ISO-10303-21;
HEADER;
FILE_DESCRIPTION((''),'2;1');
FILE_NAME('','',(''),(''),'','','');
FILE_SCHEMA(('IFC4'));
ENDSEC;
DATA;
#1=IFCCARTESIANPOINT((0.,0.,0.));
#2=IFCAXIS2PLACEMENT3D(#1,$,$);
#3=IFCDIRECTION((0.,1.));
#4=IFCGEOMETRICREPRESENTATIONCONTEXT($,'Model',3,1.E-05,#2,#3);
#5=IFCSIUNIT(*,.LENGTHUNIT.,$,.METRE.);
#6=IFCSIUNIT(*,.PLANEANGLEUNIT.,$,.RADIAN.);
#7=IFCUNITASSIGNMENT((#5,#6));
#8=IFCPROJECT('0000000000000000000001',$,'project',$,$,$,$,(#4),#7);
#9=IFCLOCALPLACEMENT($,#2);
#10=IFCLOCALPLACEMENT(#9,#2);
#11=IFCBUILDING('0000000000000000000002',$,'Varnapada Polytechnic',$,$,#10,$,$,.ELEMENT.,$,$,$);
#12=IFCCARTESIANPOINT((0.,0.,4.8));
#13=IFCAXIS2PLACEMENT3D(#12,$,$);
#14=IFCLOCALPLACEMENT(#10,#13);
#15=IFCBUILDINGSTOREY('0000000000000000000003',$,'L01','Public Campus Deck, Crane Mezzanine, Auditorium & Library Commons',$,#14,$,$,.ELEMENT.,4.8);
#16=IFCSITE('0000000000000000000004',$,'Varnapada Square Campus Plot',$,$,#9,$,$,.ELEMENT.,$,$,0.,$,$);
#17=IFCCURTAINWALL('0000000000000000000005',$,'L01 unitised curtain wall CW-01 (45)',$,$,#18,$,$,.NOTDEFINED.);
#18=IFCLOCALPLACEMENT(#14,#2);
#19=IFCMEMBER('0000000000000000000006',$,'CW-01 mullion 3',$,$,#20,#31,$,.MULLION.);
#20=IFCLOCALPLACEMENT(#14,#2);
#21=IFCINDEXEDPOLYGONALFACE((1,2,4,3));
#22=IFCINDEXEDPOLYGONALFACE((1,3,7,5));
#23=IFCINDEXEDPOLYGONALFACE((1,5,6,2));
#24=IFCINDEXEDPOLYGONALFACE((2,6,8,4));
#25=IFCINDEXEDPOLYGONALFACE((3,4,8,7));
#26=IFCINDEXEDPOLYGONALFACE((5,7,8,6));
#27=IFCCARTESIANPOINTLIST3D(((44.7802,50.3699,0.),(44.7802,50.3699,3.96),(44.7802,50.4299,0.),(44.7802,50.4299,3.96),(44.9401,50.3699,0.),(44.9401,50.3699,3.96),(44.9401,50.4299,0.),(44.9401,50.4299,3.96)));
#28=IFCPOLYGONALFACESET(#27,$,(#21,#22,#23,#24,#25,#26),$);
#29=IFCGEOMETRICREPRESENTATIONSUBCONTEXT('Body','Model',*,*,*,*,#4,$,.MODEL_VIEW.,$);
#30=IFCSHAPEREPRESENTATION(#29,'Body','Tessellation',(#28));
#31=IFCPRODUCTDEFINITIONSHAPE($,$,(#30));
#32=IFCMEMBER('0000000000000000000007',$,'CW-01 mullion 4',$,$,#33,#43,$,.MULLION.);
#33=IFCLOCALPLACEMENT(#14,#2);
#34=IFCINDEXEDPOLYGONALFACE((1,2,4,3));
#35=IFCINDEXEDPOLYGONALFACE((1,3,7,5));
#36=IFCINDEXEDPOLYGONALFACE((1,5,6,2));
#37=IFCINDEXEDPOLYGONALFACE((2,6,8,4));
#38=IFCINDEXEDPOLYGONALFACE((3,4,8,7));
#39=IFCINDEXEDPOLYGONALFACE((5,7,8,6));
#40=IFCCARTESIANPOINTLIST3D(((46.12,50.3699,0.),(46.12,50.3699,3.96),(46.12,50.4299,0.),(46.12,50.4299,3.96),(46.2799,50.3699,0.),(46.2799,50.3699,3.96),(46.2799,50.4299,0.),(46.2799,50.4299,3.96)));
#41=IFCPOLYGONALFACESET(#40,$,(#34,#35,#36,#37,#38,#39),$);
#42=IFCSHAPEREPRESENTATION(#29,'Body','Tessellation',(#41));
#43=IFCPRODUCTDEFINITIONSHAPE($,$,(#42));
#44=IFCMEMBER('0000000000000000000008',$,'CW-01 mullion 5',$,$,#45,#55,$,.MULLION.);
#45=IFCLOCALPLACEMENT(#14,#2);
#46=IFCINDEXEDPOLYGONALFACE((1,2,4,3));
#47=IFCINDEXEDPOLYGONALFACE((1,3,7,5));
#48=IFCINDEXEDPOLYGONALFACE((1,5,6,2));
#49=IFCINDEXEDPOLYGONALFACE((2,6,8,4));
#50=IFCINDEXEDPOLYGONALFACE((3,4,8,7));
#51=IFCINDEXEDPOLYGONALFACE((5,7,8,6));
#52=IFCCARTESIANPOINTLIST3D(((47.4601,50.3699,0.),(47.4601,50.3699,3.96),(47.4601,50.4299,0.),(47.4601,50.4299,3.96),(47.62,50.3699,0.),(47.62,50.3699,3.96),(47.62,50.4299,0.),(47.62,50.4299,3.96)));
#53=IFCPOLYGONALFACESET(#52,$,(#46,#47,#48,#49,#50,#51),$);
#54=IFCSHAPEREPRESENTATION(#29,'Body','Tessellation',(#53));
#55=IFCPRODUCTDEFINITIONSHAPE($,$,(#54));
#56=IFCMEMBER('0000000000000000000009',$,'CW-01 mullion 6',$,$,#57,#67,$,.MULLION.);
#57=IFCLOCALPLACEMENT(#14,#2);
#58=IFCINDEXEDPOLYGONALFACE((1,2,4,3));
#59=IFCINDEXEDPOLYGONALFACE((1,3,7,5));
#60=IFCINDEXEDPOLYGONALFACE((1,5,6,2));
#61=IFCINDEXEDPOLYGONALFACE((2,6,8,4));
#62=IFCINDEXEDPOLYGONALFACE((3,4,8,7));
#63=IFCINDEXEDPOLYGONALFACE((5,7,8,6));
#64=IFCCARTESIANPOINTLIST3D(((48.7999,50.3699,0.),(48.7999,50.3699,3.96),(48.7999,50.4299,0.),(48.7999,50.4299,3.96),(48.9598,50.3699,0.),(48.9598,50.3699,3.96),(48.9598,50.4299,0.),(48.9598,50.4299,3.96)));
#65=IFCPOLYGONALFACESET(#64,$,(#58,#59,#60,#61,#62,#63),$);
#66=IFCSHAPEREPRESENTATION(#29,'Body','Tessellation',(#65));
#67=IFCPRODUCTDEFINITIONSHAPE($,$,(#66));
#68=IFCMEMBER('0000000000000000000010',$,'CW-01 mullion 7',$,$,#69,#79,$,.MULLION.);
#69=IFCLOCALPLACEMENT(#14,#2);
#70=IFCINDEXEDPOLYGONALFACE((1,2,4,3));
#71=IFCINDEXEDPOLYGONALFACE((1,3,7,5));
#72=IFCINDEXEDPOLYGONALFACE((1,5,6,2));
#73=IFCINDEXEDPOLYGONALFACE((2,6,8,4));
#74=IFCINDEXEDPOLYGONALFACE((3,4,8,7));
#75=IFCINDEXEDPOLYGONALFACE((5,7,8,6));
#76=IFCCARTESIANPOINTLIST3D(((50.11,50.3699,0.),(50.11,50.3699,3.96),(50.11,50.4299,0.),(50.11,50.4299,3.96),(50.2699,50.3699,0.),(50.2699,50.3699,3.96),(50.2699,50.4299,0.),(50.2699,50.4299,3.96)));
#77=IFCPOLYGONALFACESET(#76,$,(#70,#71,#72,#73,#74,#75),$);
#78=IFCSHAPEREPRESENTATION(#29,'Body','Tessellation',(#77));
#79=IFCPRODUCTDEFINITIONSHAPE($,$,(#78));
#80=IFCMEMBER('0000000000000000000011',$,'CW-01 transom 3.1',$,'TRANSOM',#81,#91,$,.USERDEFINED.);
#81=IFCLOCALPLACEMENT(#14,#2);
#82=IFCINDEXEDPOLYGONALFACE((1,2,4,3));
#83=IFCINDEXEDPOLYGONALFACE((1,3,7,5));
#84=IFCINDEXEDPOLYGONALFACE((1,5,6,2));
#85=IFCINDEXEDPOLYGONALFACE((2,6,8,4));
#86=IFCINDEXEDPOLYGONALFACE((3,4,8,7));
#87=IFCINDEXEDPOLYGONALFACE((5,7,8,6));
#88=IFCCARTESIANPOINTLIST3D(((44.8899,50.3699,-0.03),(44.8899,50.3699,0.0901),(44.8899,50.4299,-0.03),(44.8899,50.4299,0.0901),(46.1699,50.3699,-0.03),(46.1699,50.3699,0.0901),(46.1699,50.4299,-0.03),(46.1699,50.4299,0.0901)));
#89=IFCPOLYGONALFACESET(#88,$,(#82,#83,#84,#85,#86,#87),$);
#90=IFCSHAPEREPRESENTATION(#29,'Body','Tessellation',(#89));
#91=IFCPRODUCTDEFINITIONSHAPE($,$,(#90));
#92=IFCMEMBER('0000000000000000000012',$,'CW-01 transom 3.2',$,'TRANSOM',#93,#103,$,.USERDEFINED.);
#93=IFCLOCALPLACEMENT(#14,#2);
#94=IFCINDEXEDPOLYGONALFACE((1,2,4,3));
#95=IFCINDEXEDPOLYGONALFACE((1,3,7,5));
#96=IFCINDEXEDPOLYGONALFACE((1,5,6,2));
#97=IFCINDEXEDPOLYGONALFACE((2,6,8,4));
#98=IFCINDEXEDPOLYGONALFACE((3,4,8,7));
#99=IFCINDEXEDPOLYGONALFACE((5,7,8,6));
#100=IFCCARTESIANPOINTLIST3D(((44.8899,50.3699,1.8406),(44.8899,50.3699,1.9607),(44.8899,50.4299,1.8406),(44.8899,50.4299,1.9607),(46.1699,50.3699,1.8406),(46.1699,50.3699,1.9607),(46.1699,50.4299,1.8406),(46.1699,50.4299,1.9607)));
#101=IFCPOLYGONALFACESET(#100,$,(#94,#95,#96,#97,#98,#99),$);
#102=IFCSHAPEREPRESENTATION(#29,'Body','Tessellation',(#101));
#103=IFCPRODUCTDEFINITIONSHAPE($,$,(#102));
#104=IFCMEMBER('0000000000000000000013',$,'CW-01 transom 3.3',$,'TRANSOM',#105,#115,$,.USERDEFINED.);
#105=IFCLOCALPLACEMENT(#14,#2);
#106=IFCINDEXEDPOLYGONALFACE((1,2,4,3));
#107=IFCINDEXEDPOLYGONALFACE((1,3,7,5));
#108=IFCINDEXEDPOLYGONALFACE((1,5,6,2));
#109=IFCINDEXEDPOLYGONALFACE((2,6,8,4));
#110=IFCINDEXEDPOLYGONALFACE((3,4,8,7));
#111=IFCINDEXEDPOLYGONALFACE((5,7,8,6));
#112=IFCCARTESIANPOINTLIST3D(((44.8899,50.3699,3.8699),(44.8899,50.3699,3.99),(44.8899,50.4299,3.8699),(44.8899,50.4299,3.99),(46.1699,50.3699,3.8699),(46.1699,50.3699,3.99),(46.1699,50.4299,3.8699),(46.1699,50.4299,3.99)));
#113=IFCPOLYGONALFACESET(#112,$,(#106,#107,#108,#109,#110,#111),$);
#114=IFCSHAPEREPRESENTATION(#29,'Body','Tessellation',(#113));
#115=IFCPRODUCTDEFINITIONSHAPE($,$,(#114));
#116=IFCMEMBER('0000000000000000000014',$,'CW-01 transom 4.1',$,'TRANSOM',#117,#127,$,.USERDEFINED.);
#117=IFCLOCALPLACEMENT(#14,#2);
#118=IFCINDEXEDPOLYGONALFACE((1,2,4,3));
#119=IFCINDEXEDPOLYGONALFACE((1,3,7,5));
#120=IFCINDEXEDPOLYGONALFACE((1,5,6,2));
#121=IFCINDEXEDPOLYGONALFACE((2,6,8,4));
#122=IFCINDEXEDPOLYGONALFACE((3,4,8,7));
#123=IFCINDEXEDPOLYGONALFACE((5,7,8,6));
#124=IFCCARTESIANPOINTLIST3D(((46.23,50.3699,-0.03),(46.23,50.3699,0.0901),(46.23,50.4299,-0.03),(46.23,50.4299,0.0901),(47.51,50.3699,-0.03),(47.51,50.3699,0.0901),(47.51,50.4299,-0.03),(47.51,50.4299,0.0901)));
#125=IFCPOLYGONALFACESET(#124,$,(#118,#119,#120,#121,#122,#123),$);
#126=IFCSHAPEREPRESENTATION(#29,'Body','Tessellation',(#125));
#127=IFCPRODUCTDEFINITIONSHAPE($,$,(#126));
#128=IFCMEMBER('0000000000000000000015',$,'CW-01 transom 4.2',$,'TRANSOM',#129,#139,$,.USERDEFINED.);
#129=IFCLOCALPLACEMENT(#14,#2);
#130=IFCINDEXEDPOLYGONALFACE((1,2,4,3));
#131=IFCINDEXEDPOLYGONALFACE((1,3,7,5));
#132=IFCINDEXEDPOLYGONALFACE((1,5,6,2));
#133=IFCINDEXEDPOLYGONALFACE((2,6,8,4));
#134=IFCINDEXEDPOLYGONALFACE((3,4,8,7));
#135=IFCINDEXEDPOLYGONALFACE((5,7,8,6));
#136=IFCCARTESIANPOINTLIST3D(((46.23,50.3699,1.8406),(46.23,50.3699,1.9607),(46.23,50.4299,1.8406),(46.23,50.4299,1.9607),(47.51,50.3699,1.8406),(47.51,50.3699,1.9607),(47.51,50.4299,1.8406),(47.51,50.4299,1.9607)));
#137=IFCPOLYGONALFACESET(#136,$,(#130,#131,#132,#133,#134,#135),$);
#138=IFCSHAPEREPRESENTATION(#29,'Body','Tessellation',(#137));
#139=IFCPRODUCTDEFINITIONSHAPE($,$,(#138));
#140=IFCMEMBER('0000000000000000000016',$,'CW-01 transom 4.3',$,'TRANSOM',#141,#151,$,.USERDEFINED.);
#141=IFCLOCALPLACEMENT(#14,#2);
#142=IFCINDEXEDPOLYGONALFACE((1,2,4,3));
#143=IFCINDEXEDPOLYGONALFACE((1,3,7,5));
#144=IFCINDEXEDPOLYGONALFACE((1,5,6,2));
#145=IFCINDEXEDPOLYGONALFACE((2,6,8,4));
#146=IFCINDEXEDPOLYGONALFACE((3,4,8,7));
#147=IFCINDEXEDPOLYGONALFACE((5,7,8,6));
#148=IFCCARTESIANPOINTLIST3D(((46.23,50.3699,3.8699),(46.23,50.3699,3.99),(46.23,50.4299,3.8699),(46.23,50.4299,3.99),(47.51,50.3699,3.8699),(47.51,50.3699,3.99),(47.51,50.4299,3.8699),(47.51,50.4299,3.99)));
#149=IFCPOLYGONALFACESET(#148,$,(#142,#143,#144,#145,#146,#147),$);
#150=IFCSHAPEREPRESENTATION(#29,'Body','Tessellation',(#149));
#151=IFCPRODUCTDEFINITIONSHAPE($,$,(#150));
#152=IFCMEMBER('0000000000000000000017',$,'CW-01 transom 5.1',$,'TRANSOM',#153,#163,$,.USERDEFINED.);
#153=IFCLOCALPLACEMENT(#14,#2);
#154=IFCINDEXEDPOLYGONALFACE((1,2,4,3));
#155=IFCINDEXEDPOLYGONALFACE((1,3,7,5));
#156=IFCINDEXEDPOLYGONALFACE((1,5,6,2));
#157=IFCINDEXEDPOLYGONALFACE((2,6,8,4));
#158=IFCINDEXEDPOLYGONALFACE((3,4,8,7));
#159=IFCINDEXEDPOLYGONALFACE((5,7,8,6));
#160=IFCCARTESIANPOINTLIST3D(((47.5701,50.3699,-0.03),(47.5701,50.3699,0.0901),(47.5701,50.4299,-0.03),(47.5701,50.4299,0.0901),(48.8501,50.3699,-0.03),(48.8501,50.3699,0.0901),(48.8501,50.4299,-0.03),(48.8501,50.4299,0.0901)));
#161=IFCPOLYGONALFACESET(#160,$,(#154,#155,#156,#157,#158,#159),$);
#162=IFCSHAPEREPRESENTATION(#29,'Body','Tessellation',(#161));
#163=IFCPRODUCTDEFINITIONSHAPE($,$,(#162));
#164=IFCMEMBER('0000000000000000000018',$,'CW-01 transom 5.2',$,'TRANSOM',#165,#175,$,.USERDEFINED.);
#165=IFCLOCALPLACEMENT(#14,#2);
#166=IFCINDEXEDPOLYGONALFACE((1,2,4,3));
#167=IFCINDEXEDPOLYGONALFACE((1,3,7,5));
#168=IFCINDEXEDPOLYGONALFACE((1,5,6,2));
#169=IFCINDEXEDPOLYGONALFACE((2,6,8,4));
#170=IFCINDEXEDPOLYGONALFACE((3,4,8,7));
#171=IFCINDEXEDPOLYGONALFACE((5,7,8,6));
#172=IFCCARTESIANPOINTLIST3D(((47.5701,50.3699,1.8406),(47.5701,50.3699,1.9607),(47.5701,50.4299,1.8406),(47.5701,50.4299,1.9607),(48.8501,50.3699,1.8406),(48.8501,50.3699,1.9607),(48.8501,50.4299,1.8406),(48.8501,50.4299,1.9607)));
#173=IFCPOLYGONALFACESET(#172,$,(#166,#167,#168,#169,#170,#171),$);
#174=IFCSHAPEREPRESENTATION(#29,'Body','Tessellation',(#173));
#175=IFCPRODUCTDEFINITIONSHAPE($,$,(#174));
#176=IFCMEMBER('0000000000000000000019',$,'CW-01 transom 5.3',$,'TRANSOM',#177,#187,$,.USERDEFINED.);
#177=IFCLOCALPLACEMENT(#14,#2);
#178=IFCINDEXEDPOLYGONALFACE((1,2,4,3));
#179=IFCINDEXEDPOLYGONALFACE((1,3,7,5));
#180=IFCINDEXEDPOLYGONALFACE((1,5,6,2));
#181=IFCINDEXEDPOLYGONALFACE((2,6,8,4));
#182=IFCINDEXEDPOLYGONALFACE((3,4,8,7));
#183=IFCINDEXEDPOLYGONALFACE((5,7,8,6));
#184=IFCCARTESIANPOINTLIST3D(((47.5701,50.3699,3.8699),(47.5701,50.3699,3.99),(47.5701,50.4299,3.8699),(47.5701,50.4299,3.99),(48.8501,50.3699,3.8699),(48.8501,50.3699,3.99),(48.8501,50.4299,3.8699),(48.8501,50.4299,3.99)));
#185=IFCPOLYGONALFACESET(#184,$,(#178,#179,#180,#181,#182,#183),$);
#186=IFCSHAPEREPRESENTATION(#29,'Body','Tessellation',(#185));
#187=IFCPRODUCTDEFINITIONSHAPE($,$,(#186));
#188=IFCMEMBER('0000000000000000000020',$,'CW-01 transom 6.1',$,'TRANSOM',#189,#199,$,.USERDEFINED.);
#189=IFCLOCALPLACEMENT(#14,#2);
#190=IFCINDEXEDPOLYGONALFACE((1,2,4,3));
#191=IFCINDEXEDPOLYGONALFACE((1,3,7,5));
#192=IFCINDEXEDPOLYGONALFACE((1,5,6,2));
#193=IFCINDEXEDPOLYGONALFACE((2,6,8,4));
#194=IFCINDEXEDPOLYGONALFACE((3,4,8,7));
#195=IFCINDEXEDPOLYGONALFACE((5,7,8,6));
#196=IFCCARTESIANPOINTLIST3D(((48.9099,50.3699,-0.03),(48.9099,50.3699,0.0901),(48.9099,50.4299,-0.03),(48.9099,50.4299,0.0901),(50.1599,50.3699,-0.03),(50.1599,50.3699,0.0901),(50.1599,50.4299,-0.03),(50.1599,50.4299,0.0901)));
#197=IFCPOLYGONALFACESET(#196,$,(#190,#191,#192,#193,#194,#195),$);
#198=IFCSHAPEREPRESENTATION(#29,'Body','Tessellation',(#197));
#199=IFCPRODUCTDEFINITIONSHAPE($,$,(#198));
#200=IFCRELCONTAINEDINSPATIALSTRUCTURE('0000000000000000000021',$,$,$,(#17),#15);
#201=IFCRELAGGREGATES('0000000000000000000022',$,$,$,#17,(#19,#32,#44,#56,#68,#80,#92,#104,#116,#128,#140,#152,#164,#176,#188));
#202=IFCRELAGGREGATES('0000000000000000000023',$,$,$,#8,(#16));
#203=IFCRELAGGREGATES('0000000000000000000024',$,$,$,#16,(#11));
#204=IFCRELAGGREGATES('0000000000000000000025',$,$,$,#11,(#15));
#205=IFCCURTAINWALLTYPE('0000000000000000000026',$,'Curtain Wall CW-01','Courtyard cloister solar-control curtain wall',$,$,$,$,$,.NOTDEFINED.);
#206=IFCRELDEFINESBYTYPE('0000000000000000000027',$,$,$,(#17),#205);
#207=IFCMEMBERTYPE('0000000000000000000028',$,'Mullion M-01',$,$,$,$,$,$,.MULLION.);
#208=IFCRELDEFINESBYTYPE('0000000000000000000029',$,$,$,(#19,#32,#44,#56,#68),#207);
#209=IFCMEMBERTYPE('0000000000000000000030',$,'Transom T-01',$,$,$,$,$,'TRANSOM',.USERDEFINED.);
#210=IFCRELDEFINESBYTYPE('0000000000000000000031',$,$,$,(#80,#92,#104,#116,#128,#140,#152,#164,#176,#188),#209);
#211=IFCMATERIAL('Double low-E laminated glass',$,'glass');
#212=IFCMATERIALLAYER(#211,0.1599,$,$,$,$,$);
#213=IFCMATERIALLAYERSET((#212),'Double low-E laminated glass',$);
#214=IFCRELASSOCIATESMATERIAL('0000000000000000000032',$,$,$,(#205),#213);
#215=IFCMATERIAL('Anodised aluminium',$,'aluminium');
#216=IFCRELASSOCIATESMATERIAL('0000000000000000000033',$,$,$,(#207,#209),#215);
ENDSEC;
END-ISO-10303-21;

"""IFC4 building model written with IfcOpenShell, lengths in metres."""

from ifc_helpers import new_model, si_unit, direction, frame, origin, origin_2d, place, context, subcontext, project, spatial, rectangle, extrude, material, layer, layer_set, material_profile, profile_set, type_object, element, aggregate, save


model = new_model("IFC4")

# Units and contexts
model_context = context("Model", 3, precision=1e-05, world=origin(), true_north=direction((0.0, 1.0)))
body_context = subcontext(model_context, "Body", "Model", "MODEL_VIEW")
ifc_project = project(units=[si_unit("LENGTHUNIT", "METRE"), si_unit("PLANEANGLEUNIT", "RADIAN")], contexts=[model_context])

# Site, building, storey
site_placement = place(None, origin())
site = spatial("IfcSite", under=ifc_project, at=site_placement, Name="Varnapada Square Campus Plot", CompositionType="ELEMENT", RefElevation=0.0)
building_placement = place(site_placement, origin())
building = spatial("IfcBuilding", under=site, at=building_placement, Name="Varnapada Polytechnic", CompositionType="ELEMENT")
storey_placement = place(building_placement, frame((0.0, 0.0, 4.8)))
storey = spatial("IfcBuildingStorey", under=building, at=storey_placement, Name="L01", Description="Public Campus Deck, Crane Mezzanine, Auditorium & Library Commons", CompositionType="ELEMENT", Elevation=4.8)

# Curtain wall, members
ifc_material_1 = material(Name="Double low-E laminated glass", Category="glass")
ifc_layer_1 = layer(ifc_material_1, 0.1599)
ifc_layer_set_1 = layer_set([ifc_layer_1], Name="Double low-E laminated glass")
curtain_wall_type = type_object("IfcCurtainWallType", Name="Curtain Wall CW-01", Description="Courtyard cloister solar-control curtain wall", PredefinedType="NOTDEFINED", material=ifc_layer_set_1)
curtain_wall_placement = place(storey_placement, origin())
curtain_wall = element("IfcCurtainWall", 1, at=curtain_wall_placement, inside=storey, type_object=curtain_wall_type, Name="L01 unitised curtain wall CW-01 (45)", PredefinedType="NOTDEFINED")
ifc_material_2 = material(Name="Anodised aluminium", Category="aluminium")
ifc_material_profile_1 = material_profile(ifc_material_2, rectangle(XDim=0.0601, YDim=0.1599, at=origin_2d()), Name="ALU M60x160")
ifc_profile_set_1 = profile_set([ifc_material_profile_1], Name="Anodised aluminium")
member_type_1 = type_object("IfcMemberType", Name="Mullion M-01", PredefinedType="MULLION", material=ifc_profile_set_1)
member_1_placement = place(storey_placement, frame((44.8601, 50.3999, 0.0), z_axis=(0.0, 0.0, 1.0), x_axis=(0.0, 1.0, 0.0)))
member_1 = element("IfcMember", 2, at=member_1_placement, type_object=member_type_1, Name="CW-01 mullion 3", PredefinedType="MULLION", context=body_context, shape_type="SweptSolid", body=[
    extrude(rectangle(XDim=0.0601, YDim=0.1599, at=origin_2d()), origin(), (0.0, 0.0, 1.0), 3.96),
])
member_2_placement = place(storey_placement, frame((46.2, 50.3999, 0.0), z_axis=(0.0, 0.0, 1.0), x_axis=(0.0, 1.0, 0.0)))
member_2 = element("IfcMember", 3, at=member_2_placement, type_object=member_type_1, Name="CW-01 mullion 4", PredefinedType="MULLION", context=body_context, shape_type="SweptSolid", body=[
    extrude(rectangle(XDim=0.0601, YDim=0.1599, at=origin_2d()), origin(), (0.0, 0.0, 1.0), 3.96),
])
member_3_placement = place(storey_placement, frame((47.54, 50.3999, 0.0), z_axis=(0.0, 0.0, 1.0), x_axis=(0.0, 1.0, 0.0)))
member_3 = element("IfcMember", 4, at=member_3_placement, type_object=member_type_1, Name="CW-01 mullion 5", PredefinedType="MULLION", context=body_context, shape_type="SweptSolid", body=[
    extrude(rectangle(XDim=0.0601, YDim=0.1599, at=origin_2d()), origin(), (0.0, 0.0, 1.0), 3.96),
])
member_4_placement = place(storey_placement, frame((48.8799, 50.3999, 0.0), z_axis=(0.0, 0.0, 1.0), x_axis=(0.0, 1.0, 0.0)))
member_4 = element("IfcMember", 5, at=member_4_placement, type_object=member_type_1, Name="CW-01 mullion 6", PredefinedType="MULLION", context=body_context, shape_type="SweptSolid", body=[
    extrude(rectangle(XDim=0.0601, YDim=0.1599, at=origin_2d()), origin(), (0.0, 0.0, 1.0), 3.96),
])
member_5_placement = place(storey_placement, frame((50.1899, 50.3999, 0.0), z_axis=(0.0, 0.0, 1.0), x_axis=(0.0, 1.0, 0.0)))
member_5 = element("IfcMember", 6, at=member_5_placement, type_object=member_type_1, Name="CW-01 mullion 7", PredefinedType="MULLION", context=body_context, shape_type="SweptSolid", body=[
    extrude(rectangle(XDim=0.0601, YDim=0.1599, at=origin_2d()), origin(), (0.0, 0.0, 1.0), 3.96),
])
ifc_material_profile_2 = material_profile(ifc_material_2, rectangle(XDim=0.0601, YDim=0.1201, at=origin_2d()), Name="ALU T60x120")
ifc_profile_set_2 = profile_set([ifc_material_profile_2], Name="Anodised aluminium")
member_type_2 = type_object("IfcMemberType", Name="Transom T-01", ElementType="TRANSOM", PredefinedType="USERDEFINED", material=ifc_profile_set_2)
member_6_placement = place(storey_placement, frame((44.8899, 50.3999, 0.03), z_axis=(1.0, 0.0, 0.0), x_axis=(0.0, 1.0, 0.0)))
member_6 = element("IfcMember", 7, at=member_6_placement, type_object=member_type_2, Name="CW-01 transom 3.1", ObjectType="TRANSOM", PredefinedType="USERDEFINED", context=body_context, shape_type="SweptSolid", body=[
    extrude(rectangle(XDim=0.0601, YDim=0.1201, at=origin_2d()), origin(), (0.0, 0.0, 1.0), 1.28),
])
member_7_placement = place(storey_placement, frame((44.8899, 50.3999, 1.9006), z_axis=(1.0, 0.0, 0.0), x_axis=(0.0, 1.0, 0.0)))
member_7 = element("IfcMember", 8, at=member_7_placement, type_object=member_type_2, Name="CW-01 transom 3.2", ObjectType="TRANSOM", PredefinedType="USERDEFINED", context=body_context, shape_type="SweptSolid", body=[
    extrude(rectangle(XDim=0.0601, YDim=0.1201, at=origin_2d()), origin(), (0.0, 0.0, 1.0), 1.28),
])
member_8_placement = place(storey_placement, frame((44.8899, 50.3999, 3.9299), z_axis=(1.0, 0.0, 0.0), x_axis=(0.0, 1.0, 0.0)))
member_8 = element("IfcMember", 9, at=member_8_placement, type_object=member_type_2, Name="CW-01 transom 3.3", ObjectType="TRANSOM", PredefinedType="USERDEFINED", context=body_context, shape_type="SweptSolid", body=[
    extrude(rectangle(XDim=0.0601, YDim=0.1201, at=origin_2d()), origin(), (0.0, 0.0, 1.0), 1.28),
])
member_9_placement = place(storey_placement, frame((46.23, 50.3999, 0.03), z_axis=(1.0, 0.0, 0.0), x_axis=(0.0, 1.0, 0.0)))
member_9 = element("IfcMember", 10, at=member_9_placement, type_object=member_type_2, Name="CW-01 transom 4.1", ObjectType="TRANSOM", PredefinedType="USERDEFINED", context=body_context, shape_type="SweptSolid", body=[
    extrude(rectangle(XDim=0.0601, YDim=0.1201, at=origin_2d()), origin(), (0.0, 0.0, 1.0), 1.28),
])
member_10_placement = place(storey_placement, frame((46.23, 50.3999, 1.9006), z_axis=(1.0, 0.0, 0.0), x_axis=(0.0, 1.0, 0.0)))
member_10 = element("IfcMember", 11, at=member_10_placement, type_object=member_type_2, Name="CW-01 transom 4.2", ObjectType="TRANSOM", PredefinedType="USERDEFINED", context=body_context, shape_type="SweptSolid", body=[
    extrude(rectangle(XDim=0.0601, YDim=0.1201, at=origin_2d()), origin(), (0.0, 0.0, 1.0), 1.28),
])
member_11_placement = place(storey_placement, frame((46.23, 50.3999, 3.9299), z_axis=(1.0, 0.0, 0.0), x_axis=(0.0, 1.0, 0.0)))
member_11 = element("IfcMember", 12, at=member_11_placement, type_object=member_type_2, Name="CW-01 transom 4.3", ObjectType="TRANSOM", PredefinedType="USERDEFINED", context=body_context, shape_type="SweptSolid", body=[
    extrude(rectangle(XDim=0.0601, YDim=0.1201, at=origin_2d()), origin(), (0.0, 0.0, 1.0), 1.28),
])
member_12_placement = place(storey_placement, frame((47.5701, 50.3999, 0.03), z_axis=(1.0, 0.0, 0.0), x_axis=(0.0, 1.0, 0.0)))
member_12 = element("IfcMember", 13, at=member_12_placement, type_object=member_type_2, Name="CW-01 transom 5.1", ObjectType="TRANSOM", PredefinedType="USERDEFINED", context=body_context, shape_type="SweptSolid", body=[
    extrude(rectangle(XDim=0.0601, YDim=0.1201, at=origin_2d()), origin(), (0.0, 0.0, 1.0), 1.28),
])
member_13_placement = place(storey_placement, frame((47.5701, 50.3999, 1.9006), z_axis=(1.0, 0.0, 0.0), x_axis=(0.0, 1.0, 0.0)))
member_13 = element("IfcMember", 14, at=member_13_placement, type_object=member_type_2, Name="CW-01 transom 5.2", ObjectType="TRANSOM", PredefinedType="USERDEFINED", context=body_context, shape_type="SweptSolid", body=[
    extrude(rectangle(XDim=0.0601, YDim=0.1201, at=origin_2d()), origin(), (0.0, 0.0, 1.0), 1.28),
])
member_14_placement = place(storey_placement, frame((47.5701, 50.3999, 3.9299), z_axis=(1.0, 0.0, 0.0), x_axis=(0.0, 1.0, 0.0)))
member_14 = element("IfcMember", 15, at=member_14_placement, type_object=member_type_2, Name="CW-01 transom 5.3", ObjectType="TRANSOM", PredefinedType="USERDEFINED", context=body_context, shape_type="SweptSolid", body=[
    extrude(rectangle(XDim=0.0601, YDim=0.1201, at=origin_2d()), origin(), (0.0, 0.0, 1.0), 1.28),
])
member_15_placement = place(storey_placement, frame((48.9099, 50.3999, 0.03), z_axis=(1.0, 0.0, 0.0), x_axis=(0.0, 1.0, 0.0)))
member_15 = element("IfcMember", 16, at=member_15_placement, type_object=member_type_2, Name="CW-01 transom 6.1", ObjectType="TRANSOM", PredefinedType="USERDEFINED", context=body_context, shape_type="SweptSolid", body=[
    extrude(rectangle(XDim=0.0601, YDim=0.1201, at=origin_2d()), origin(), (0.0, 0.0, 1.0), 1.25),
])
aggregate(curtain_wall, [member_1, member_2, member_3, member_4, member_5, member_6, member_7, member_8, member_9, member_10, member_11, member_12, member_13, member_14, member_15])

save(model, "model.ifc")
